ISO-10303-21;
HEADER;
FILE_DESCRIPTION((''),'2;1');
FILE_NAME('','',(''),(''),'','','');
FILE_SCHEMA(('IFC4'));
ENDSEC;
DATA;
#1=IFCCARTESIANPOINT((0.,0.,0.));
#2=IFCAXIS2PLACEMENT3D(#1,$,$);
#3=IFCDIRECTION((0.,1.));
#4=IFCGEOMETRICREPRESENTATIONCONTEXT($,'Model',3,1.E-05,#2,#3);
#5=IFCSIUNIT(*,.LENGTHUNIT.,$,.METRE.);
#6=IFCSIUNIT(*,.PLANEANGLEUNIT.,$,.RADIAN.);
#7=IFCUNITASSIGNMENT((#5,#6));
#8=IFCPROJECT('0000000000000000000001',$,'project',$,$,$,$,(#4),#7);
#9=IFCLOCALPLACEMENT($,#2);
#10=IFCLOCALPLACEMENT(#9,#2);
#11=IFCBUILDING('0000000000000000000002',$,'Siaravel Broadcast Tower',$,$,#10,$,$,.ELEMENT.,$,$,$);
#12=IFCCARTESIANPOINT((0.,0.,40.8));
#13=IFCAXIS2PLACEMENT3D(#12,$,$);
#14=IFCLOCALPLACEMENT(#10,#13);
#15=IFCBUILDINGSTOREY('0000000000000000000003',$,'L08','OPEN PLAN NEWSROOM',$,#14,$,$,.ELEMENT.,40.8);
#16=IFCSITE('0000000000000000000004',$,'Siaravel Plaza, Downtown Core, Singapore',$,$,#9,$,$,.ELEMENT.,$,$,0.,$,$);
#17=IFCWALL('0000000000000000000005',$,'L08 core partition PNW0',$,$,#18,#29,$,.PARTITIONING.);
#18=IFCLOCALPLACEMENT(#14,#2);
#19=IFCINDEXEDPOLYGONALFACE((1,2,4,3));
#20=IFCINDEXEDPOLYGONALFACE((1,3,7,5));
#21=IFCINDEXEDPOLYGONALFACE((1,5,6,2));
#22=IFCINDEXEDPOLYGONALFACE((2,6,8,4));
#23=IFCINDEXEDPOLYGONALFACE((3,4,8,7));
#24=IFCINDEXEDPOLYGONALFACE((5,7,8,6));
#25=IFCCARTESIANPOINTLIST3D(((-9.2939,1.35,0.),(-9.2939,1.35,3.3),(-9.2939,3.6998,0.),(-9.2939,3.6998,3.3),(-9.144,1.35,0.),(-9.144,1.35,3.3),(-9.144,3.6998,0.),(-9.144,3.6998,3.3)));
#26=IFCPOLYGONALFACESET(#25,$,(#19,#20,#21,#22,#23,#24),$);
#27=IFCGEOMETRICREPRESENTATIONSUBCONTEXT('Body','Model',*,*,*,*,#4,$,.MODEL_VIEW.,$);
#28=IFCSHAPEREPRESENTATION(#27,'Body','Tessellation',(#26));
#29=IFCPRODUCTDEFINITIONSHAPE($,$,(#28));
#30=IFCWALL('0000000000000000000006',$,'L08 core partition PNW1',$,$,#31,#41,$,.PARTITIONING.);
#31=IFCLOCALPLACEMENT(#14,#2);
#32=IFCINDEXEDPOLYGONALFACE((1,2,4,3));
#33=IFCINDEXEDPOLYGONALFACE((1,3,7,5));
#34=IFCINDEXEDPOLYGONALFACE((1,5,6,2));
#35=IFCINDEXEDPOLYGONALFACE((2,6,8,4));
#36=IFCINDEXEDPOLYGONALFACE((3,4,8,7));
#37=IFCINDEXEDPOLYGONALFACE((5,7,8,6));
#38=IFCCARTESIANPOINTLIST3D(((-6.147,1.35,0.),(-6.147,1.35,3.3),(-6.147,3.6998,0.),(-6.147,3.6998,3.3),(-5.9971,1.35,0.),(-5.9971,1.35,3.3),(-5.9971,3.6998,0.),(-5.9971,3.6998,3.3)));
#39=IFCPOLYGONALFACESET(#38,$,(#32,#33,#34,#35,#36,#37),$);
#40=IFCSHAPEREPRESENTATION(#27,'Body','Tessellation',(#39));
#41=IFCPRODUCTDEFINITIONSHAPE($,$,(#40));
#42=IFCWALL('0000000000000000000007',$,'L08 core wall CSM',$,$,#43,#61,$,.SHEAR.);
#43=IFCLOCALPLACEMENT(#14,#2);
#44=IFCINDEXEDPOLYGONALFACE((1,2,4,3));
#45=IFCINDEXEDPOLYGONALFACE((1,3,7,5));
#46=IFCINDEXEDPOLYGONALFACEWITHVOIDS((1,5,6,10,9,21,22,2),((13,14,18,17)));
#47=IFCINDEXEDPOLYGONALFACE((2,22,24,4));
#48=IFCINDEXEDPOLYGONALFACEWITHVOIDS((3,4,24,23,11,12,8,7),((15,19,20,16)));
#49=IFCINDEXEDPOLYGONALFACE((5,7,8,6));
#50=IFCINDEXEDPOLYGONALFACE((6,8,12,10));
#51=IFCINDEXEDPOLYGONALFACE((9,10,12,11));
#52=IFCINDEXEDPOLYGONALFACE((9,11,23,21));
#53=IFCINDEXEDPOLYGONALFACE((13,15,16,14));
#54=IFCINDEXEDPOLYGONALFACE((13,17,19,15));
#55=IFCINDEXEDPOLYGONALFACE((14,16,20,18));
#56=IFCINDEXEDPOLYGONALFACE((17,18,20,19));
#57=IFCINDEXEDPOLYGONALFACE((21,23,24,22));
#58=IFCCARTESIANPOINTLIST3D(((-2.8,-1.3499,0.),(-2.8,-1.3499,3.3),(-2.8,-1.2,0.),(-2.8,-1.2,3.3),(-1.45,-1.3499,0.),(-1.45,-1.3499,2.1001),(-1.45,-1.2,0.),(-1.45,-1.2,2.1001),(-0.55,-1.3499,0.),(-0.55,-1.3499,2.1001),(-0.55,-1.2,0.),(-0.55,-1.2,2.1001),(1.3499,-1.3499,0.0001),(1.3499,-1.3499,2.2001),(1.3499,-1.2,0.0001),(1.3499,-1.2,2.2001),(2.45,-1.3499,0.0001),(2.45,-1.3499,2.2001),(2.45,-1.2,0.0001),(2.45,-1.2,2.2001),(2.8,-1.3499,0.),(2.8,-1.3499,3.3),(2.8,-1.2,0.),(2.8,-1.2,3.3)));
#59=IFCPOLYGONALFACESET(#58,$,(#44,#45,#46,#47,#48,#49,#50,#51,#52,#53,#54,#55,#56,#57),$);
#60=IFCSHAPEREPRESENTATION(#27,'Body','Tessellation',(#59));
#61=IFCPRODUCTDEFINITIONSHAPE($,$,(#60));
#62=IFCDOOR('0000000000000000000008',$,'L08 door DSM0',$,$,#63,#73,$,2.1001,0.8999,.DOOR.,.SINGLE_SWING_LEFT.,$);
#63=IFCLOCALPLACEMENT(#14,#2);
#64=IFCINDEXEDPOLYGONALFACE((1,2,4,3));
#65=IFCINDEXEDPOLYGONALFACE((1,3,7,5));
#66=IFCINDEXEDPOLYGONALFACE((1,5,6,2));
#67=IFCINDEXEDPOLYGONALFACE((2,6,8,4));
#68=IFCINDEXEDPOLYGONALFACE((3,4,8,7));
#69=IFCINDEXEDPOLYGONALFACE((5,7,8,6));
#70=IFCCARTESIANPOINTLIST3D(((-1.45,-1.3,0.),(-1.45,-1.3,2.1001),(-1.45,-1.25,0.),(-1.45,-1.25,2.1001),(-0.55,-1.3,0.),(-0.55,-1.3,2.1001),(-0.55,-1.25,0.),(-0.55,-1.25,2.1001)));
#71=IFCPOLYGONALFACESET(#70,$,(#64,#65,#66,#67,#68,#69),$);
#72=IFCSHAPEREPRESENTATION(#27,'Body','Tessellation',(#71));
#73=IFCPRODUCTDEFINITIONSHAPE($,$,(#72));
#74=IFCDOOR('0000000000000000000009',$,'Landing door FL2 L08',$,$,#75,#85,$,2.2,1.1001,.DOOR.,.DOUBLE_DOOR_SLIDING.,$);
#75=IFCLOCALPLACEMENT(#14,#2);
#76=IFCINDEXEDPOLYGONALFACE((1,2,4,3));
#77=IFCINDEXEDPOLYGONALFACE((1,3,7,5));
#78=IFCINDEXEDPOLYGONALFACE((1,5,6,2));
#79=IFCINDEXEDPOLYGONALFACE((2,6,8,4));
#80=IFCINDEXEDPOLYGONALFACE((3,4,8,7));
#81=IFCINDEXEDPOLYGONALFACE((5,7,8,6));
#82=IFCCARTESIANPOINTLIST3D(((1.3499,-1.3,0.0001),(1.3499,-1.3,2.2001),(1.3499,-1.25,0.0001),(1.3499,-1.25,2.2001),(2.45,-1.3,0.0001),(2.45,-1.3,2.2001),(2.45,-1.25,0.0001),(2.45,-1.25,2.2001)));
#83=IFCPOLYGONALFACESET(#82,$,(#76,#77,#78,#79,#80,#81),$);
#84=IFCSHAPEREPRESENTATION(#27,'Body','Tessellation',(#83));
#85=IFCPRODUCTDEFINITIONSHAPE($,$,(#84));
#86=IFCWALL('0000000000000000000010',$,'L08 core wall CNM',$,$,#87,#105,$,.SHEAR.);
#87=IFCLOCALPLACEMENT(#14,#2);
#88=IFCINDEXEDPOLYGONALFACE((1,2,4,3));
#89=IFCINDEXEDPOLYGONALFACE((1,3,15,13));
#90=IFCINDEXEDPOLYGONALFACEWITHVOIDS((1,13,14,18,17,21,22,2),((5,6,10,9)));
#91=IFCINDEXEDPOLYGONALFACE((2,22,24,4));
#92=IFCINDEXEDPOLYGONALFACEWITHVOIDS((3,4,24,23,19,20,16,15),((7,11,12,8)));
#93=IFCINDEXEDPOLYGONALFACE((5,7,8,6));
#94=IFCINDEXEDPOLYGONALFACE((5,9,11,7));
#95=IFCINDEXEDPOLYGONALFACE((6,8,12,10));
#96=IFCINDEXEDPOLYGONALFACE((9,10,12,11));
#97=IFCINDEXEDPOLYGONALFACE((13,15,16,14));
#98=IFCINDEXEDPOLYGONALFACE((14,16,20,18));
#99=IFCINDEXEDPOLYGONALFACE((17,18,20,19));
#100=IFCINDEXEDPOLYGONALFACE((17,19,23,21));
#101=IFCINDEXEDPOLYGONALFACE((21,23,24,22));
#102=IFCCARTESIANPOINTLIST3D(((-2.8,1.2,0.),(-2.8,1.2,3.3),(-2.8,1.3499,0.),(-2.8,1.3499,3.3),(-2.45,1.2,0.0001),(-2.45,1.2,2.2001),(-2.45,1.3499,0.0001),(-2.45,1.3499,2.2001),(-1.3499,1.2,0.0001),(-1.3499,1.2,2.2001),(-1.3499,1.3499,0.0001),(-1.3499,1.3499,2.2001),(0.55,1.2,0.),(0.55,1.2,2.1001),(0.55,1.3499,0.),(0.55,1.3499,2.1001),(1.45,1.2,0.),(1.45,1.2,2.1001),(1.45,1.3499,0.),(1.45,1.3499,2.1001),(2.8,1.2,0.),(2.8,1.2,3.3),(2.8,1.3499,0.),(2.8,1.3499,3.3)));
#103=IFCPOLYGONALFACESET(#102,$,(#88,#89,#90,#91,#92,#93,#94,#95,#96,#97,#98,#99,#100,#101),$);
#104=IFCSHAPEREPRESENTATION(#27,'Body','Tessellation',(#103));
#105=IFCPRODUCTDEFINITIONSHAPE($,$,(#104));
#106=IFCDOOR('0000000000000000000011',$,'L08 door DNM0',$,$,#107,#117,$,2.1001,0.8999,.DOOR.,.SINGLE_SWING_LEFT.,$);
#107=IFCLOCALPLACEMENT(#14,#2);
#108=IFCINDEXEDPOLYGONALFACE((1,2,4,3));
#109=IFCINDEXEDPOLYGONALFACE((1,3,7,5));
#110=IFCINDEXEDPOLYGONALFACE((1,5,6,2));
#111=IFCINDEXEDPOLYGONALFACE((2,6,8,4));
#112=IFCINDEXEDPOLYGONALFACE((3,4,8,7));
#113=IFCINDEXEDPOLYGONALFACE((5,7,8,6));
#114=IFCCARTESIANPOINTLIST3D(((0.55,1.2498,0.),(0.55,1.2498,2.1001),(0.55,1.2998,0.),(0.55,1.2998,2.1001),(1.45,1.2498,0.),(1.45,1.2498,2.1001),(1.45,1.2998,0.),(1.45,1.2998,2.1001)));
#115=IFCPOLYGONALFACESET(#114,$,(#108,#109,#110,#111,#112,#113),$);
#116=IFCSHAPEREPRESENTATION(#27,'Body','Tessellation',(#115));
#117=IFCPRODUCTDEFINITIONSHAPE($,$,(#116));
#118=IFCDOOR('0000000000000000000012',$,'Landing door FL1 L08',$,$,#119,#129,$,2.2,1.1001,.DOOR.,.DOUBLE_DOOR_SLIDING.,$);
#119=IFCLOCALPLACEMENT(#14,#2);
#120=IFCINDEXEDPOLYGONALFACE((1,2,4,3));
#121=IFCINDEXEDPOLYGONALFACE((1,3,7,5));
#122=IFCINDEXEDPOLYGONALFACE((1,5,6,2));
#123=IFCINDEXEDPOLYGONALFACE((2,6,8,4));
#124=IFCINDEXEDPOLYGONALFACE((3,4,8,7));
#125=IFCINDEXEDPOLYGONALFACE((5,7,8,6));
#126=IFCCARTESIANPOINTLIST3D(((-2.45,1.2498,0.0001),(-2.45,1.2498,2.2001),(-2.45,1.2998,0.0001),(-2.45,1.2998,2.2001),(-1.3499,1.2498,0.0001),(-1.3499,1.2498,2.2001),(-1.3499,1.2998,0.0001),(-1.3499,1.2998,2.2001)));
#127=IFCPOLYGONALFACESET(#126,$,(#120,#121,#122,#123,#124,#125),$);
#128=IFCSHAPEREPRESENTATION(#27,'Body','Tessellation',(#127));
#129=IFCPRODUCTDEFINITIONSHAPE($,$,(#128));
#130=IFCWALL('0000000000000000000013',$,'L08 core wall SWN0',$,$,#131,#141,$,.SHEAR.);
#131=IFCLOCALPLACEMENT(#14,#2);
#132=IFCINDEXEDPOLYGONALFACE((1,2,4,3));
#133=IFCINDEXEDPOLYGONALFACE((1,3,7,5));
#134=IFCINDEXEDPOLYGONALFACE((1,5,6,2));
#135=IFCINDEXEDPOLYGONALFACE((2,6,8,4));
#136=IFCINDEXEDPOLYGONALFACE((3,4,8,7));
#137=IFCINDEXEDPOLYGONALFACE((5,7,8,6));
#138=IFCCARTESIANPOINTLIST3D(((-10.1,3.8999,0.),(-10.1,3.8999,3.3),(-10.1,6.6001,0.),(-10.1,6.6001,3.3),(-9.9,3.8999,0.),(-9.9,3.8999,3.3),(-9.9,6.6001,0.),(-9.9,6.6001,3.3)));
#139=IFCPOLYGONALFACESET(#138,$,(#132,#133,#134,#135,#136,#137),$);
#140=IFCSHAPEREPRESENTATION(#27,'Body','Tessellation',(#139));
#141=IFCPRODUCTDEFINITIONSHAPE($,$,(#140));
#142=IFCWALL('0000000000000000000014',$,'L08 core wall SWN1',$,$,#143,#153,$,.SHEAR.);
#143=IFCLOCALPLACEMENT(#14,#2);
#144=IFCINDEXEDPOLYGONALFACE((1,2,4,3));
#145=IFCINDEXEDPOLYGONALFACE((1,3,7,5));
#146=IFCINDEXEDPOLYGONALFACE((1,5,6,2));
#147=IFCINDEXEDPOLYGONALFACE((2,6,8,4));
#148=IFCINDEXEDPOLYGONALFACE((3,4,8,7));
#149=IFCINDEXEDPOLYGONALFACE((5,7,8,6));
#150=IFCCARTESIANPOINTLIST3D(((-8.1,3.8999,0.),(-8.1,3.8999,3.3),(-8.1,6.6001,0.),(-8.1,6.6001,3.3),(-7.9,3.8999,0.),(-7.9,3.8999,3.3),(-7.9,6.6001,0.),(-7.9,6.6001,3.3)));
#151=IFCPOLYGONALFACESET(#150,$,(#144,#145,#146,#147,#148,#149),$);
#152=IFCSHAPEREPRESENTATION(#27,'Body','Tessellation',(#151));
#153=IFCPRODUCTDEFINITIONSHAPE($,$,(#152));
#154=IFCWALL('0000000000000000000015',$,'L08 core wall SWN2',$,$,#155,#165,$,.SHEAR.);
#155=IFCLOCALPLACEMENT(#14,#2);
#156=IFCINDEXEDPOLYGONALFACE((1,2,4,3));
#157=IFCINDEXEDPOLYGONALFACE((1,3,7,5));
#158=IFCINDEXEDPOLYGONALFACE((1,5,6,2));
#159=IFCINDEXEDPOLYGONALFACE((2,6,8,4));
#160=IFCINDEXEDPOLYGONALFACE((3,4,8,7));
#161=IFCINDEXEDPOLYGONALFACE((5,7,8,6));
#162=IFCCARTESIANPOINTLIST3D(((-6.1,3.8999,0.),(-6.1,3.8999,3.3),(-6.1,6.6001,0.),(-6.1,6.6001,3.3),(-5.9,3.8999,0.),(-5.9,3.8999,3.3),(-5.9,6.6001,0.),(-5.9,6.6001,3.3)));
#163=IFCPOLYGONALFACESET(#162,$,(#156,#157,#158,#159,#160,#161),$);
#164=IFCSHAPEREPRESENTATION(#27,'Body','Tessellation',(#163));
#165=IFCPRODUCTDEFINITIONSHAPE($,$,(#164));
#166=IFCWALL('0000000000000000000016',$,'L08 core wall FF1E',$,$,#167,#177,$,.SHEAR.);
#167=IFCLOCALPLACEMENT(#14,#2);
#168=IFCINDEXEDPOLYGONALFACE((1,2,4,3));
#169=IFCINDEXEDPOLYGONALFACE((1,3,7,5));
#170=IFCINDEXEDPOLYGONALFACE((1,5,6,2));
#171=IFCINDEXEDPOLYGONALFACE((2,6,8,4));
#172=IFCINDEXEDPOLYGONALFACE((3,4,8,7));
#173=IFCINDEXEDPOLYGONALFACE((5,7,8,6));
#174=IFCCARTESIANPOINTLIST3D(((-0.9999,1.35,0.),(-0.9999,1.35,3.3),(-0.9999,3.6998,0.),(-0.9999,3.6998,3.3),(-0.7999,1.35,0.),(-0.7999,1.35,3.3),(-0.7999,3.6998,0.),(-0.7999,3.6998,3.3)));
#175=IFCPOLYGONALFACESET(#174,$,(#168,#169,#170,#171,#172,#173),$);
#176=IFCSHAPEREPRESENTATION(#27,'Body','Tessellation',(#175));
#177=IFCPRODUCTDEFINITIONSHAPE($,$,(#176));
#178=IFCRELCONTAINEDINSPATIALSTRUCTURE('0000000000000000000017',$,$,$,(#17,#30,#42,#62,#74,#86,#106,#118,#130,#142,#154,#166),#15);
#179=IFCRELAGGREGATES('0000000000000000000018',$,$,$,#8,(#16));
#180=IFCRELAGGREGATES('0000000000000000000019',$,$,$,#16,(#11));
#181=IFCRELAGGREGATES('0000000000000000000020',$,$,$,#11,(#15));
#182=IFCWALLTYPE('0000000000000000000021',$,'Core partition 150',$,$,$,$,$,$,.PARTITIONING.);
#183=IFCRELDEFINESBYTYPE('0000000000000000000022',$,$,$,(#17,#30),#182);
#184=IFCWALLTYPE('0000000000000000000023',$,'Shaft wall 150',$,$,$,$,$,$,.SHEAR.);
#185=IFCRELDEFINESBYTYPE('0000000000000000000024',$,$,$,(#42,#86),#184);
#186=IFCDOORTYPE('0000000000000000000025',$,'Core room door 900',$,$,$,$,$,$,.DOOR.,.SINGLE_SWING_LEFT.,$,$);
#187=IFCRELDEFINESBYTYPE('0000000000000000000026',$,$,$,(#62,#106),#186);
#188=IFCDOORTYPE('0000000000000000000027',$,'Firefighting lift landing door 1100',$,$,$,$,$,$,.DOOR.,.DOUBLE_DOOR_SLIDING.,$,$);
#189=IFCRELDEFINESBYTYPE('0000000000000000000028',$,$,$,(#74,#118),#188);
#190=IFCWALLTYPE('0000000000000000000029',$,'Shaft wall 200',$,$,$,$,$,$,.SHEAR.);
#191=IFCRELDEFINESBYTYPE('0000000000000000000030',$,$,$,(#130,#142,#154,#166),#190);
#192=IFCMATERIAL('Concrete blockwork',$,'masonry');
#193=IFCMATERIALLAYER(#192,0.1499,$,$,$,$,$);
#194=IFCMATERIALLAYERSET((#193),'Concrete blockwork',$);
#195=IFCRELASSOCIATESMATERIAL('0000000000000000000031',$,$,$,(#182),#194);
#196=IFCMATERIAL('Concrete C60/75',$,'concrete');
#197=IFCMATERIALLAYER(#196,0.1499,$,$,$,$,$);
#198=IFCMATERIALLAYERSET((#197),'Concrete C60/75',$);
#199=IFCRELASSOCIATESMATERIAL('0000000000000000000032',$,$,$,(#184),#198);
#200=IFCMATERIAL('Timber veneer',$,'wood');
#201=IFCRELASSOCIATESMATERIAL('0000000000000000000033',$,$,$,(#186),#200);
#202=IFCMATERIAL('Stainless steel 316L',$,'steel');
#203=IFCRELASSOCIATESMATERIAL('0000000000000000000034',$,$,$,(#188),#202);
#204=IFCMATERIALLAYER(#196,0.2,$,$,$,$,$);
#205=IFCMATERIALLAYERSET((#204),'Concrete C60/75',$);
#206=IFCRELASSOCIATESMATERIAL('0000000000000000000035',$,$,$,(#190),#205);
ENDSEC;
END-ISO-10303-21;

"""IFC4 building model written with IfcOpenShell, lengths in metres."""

from ifc_helpers import new_model, si_unit, direction, frame, frame_2d, origin, place, context, subcontext, project, spatial, rectangle, extrude, material, layer, layer_set, type_object, element, fill, save


model = new_model("IFC4")

# Units and contexts
model_context = context("Model", 3, precision=1e-05, world=origin(), true_north=direction((0.0, 1.0)))
body_context = subcontext(model_context, "Body", "Model", "MODEL_VIEW")
ifc_project = project(units=[si_unit("LENGTHUNIT", "METRE"), si_unit("PLANEANGLEUNIT", "RADIAN")], contexts=[model_context])

# Site, building, storey
site_placement = place(None, origin())
site = spatial("IfcSite", under=ifc_project, at=site_placement, Name="Siaravel Plaza, Downtown Core, Singapore", CompositionType="ELEMENT", RefElevation=0.0)
building_placement = place(site_placement, origin())
building = spatial("IfcBuilding", under=site, at=building_placement, Name="Siaravel Broadcast Tower", CompositionType="ELEMENT")
storey_placement = place(building_placement, frame((0.0, 0.0, 40.8)))
storey = spatial("IfcBuildingStorey", under=building, at=storey_placement, Name="L08", Description="OPEN PLAN NEWSROOM", CompositionType="ELEMENT", Elevation=40.8)

# Walls
ifc_material_1 = material(Name="Concrete blockwork", Category="masonry")
ifc_layer_1 = layer(ifc_material_1, 0.1499)
ifc_layer_set_1 = layer_set([ifc_layer_1], Name="Concrete blockwork")
wall_type_1 = type_object("IfcWallType", Name="Core partition 150", PredefinedType="PARTITIONING", material=ifc_layer_set_1)
for number, where, z_axis, x_axis, name in (
    (1, (-9.219, 1.3501, 0.0), (0.0, 0.0, 1.0), (0.0, 1.0, 0.0), "L08 core partition PNW0"),
    (2, (-6.072, 1.3501, 0.0), (0.0, 0.0, 1.0), (0.0, 1.0, 0.0), "L08 core partition PNW1"),
):
    element("IfcWall", number, at=place(storey_placement, frame(where, z_axis=z_axis, x_axis=x_axis)), inside=storey, type_object=wall_type_1, Name=name, PredefinedType="PARTITIONING", context=body_context, shape_type="SweptSolid", body=[
        extrude(rectangle(XDim=2.3499, YDim=0.1499, at=frame_2d((1.1748, 0.0))), origin(), (0.0, 0.0, 1.0), 3.3),
    ])

# Walls, openings, doors
ifc_material_2 = material(Name="Concrete C60/75", Category="concrete")
ifc_layer_2 = layer(ifc_material_2, 0.1499)
ifc_layer_set_2 = layer_set([ifc_layer_2], Name="Concrete C60/75")
wall_type_2 = type_object("IfcWallType", Name="Shaft wall 150", PredefinedType="SHEAR", material=ifc_layer_set_2)
wall_1_placement = place(storey_placement, frame((-2.8, -1.2749, 0.0), z_axis=(0.0, 0.0, 1.0), x_axis=(1.0, 0.0, 0.0)))
wall_1 = element("IfcWall", 3, at=wall_1_placement, inside=storey, type_object=wall_type_2, Name="L08 core wall CSM", PredefinedType="SHEAR", context=body_context, shape_type="SweptSolid", body=[
    extrude(rectangle(XDim=5.6001, YDim=0.1499, at=frame_2d((2.8, 0.0))), origin(), (0.0, 0.0, 1.0), 3.3),
])
opening_1_placement = place(wall_1_placement, frame((4.1499, 0.0, 0.0)))
opening_1 = element("IfcOpeningElement", 4, at=opening_1_placement, cuts=wall_1, PredefinedType="OPENING", context=body_context, shape_type="SweptSolid", body=[
    extrude(rectangle(XDim=1.1001, YDim=2.2, at=frame_2d((0.55, 1.1001))), frame((0.0, 0.085, 0.0), z_axis=(0.0, -1.0, 0.0), x_axis=(1.0, 0.0, 0.0)), (0.0, 0.0, 1.0), 0.1699),
])
opening_2_placement = place(wall_1_placement, frame((1.3501, 0.0, 0.0)))
opening_2 = element("IfcOpeningElement", 5, at=opening_2_placement, cuts=wall_1, PredefinedType="OPENING", context=body_context, shape_type="SweptSolid", body=[
    extrude(rectangle(XDim=0.8999, YDim=2.1001, at=frame_2d((0.45, 1.05))), frame((0.0, 0.085, 0.0), z_axis=(0.0, -1.0, 0.0), x_axis=(1.0, 0.0, 0.0)), (0.0, 0.0, 1.0), 0.1699),
])
ifc_material_3 = material(Name="Timber veneer", Category="wood")
door_type_1 = type_object("IfcDoorType", Name="Core room door 900", OperationType="SINGLE_SWING_LEFT", PredefinedType="DOOR", material=ifc_material_3)
door_1_placement = place(opening_2_placement, origin())
door_1 = element("IfcDoor", 6, at=door_1_placement, inside=storey, type_object=door_type_1, Name="L08 door DSM0", OperationType="SINGLE_SWING_LEFT", OverallHeight=2.1001, OverallWidth=0.8999, PredefinedType="DOOR", context=body_context, shape_type="SweptSolid", body=[
    extrude(rectangle(XDim=0.8999, YDim=2.1001, at=frame_2d((0.45, 1.05))), frame((0.0, 0.0249, 0.0), z_axis=(0.0, -1.0, 0.0), x_axis=(1.0, 0.0, 0.0)), (0.0, 0.0, 1.0), 0.05),
])
fill(opening_2, door_1)
ifc_material_4 = material(Name="Stainless steel 316L", Category="steel")
door_type_2 = type_object("IfcDoorType", Name="Firefighting lift landing door 1100", OperationType="DOUBLE_DOOR_SLIDING", PredefinedType="DOOR", material=ifc_material_4)
door_2_placement = place(opening_1_placement, origin())
door_2 = element("IfcDoor", 7, at=door_2_placement, inside=storey, type_object=door_type_2, Name="Landing door FL2 L08", OperationType="DOUBLE_DOOR_SLIDING", OverallHeight=2.2, OverallWidth=1.1001, PredefinedType="DOOR", context=body_context, shape_type="SweptSolid", body=[
    extrude(rectangle(XDim=1.1001, YDim=2.2, at=frame_2d((0.55, 1.1001))), frame((0.0, 0.0249, 0.0), z_axis=(0.0, -1.0, 0.0), x_axis=(1.0, 0.0, 0.0)), (0.0, 0.0, 1.0), 0.05),
])
fill(opening_1, door_2)
wall_2_placement = place(storey_placement, frame((-2.8, 1.2749, 0.0), z_axis=(0.0, 0.0, 1.0), x_axis=(1.0, 0.0, 0.0)))
wall_2 = element("IfcWall", 8, at=wall_2_placement, inside=storey, type_object=wall_type_2, Name="L08 core wall CNM", PredefinedType="SHEAR", context=body_context, shape_type="SweptSolid", body=[
    extrude(rectangle(XDim=5.6001, YDim=0.1499, at=frame_2d((2.8, 0.0))), origin(), (0.0, 0.0, 1.0), 3.3),
])
opening_3_placement = place(wall_2_placement, frame((0.3501, 0.0, 0.0)))
opening_3 = element("IfcOpeningElement", 9, at=opening_3_placement, cuts=wall_2, PredefinedType="OPENING", context=body_context, shape_type="SweptSolid", body=[
    extrude(rectangle(XDim=1.1001, YDim=2.2, at=frame_2d((0.55, 1.1001))), frame((0.0, 0.085, 0.0), z_axis=(0.0, -1.0, 0.0), x_axis=(1.0, 0.0, 0.0)), (0.0, 0.0, 1.0), 0.1699),
])
opening_4_placement = place(wall_2_placement, frame((3.3501, 0.0, 0.0)))
opening_4 = element("IfcOpeningElement", 10, at=opening_4_placement, cuts=wall_2, PredefinedType="OPENING", context=body_context, shape_type="SweptSolid", body=[
    extrude(rectangle(XDim=0.8999, YDim=2.1001, at=frame_2d((0.45, 1.05))), frame((0.0, 0.085, 0.0), z_axis=(0.0, -1.0, 0.0), x_axis=(1.0, 0.0, 0.0)), (0.0, 0.0, 1.0), 0.1699),
])
door_3_placement = place(opening_4_placement, origin())
door_3 = element("IfcDoor", 11, at=door_3_placement, inside=storey, type_object=door_type_1, Name="L08 door DNM0", OperationType="SINGLE_SWING_LEFT", OverallHeight=2.1001, OverallWidth=0.8999, PredefinedType="DOOR", context=body_context, shape_type="SweptSolid", body=[
    extrude(rectangle(XDim=0.8999, YDim=2.1001, at=frame_2d((0.45, 1.05))), frame((0.0, 0.0249, 0.0), z_axis=(0.0, -1.0, 0.0), x_axis=(1.0, 0.0, 0.0)), (0.0, 0.0, 1.0), 0.05),
])
fill(opening_4, door_3)
door_4_placement = place(opening_3_placement, origin())
door_4 = element("IfcDoor", 12, at=door_4_placement, inside=storey, type_object=door_type_2, Name="Landing door FL1 L08", OperationType="DOUBLE_DOOR_SLIDING", OverallHeight=2.2, OverallWidth=1.1001, PredefinedType="DOOR", context=body_context, shape_type="SweptSolid", body=[
    extrude(rectangle(XDim=1.1001, YDim=2.2, at=frame_2d((0.55, 1.1001))), frame((0.0, 0.0249, 0.0), z_axis=(0.0, -1.0, 0.0), x_axis=(1.0, 0.0, 0.0)), (0.0, 0.0, 1.0), 0.05),
])
fill(opening_3, door_4)

# Walls
ifc_layer_3 = layer(ifc_material_2, 0.2)
ifc_layer_set_3 = layer_set([ifc_layer_3], Name="Concrete C60/75")
wall_type_3 = type_object("IfcWallType", Name="Shaft wall 200", PredefinedType="SHEAR", material=ifc_layer_set_3)
for number, where, z_axis, x_axis, name in (
    (13, (-10.0, 3.8999, 0.0), (0.0, 0.0, 1.0), (0.0, 1.0, 0.0), "L08 core wall SWN0"),
    (14, (-8.0, 3.8999, 0.0), (0.0, 0.0, 1.0), (0.0, 1.0, 0.0), "L08 core wall SWN1"),
    (15, (-6.0, 3.8999, 0.0), (0.0, 0.0, 1.0), (0.0, 1.0, 0.0), "L08 core wall SWN2"),
):
    element("IfcWall", number, at=place(storey_placement, frame(where, z_axis=z_axis, x_axis=x_axis)), inside=storey, type_object=wall_type_3, Name=name, PredefinedType="SHEAR", context=body_context, shape_type="SweptSolid", body=[
        extrude(rectangle(XDim=2.7002, YDim=0.2, at=frame_2d((1.3501, 0.0))), origin(), (0.0, 0.0, 1.0), 3.3),
    ])
wall_3_placement = place(storey_placement, frame((-0.8999, 1.3501, 0.0), z_axis=(0.0, 0.0, 1.0), x_axis=(0.0, 1.0, 0.0)))
element("IfcWall", 16, at=wall_3_placement, inside=storey, type_object=wall_type_3, Name="L08 core wall FF1E", PredefinedType="SHEAR", context=body_context, shape_type="SweptSolid", body=[
    extrude(rectangle(XDim=2.3499, YDim=0.2, at=frame_2d((1.1748, 0.0))), origin(), (0.0, 0.0, 1.0), 3.3),
])

save(model, "model.ifc")
